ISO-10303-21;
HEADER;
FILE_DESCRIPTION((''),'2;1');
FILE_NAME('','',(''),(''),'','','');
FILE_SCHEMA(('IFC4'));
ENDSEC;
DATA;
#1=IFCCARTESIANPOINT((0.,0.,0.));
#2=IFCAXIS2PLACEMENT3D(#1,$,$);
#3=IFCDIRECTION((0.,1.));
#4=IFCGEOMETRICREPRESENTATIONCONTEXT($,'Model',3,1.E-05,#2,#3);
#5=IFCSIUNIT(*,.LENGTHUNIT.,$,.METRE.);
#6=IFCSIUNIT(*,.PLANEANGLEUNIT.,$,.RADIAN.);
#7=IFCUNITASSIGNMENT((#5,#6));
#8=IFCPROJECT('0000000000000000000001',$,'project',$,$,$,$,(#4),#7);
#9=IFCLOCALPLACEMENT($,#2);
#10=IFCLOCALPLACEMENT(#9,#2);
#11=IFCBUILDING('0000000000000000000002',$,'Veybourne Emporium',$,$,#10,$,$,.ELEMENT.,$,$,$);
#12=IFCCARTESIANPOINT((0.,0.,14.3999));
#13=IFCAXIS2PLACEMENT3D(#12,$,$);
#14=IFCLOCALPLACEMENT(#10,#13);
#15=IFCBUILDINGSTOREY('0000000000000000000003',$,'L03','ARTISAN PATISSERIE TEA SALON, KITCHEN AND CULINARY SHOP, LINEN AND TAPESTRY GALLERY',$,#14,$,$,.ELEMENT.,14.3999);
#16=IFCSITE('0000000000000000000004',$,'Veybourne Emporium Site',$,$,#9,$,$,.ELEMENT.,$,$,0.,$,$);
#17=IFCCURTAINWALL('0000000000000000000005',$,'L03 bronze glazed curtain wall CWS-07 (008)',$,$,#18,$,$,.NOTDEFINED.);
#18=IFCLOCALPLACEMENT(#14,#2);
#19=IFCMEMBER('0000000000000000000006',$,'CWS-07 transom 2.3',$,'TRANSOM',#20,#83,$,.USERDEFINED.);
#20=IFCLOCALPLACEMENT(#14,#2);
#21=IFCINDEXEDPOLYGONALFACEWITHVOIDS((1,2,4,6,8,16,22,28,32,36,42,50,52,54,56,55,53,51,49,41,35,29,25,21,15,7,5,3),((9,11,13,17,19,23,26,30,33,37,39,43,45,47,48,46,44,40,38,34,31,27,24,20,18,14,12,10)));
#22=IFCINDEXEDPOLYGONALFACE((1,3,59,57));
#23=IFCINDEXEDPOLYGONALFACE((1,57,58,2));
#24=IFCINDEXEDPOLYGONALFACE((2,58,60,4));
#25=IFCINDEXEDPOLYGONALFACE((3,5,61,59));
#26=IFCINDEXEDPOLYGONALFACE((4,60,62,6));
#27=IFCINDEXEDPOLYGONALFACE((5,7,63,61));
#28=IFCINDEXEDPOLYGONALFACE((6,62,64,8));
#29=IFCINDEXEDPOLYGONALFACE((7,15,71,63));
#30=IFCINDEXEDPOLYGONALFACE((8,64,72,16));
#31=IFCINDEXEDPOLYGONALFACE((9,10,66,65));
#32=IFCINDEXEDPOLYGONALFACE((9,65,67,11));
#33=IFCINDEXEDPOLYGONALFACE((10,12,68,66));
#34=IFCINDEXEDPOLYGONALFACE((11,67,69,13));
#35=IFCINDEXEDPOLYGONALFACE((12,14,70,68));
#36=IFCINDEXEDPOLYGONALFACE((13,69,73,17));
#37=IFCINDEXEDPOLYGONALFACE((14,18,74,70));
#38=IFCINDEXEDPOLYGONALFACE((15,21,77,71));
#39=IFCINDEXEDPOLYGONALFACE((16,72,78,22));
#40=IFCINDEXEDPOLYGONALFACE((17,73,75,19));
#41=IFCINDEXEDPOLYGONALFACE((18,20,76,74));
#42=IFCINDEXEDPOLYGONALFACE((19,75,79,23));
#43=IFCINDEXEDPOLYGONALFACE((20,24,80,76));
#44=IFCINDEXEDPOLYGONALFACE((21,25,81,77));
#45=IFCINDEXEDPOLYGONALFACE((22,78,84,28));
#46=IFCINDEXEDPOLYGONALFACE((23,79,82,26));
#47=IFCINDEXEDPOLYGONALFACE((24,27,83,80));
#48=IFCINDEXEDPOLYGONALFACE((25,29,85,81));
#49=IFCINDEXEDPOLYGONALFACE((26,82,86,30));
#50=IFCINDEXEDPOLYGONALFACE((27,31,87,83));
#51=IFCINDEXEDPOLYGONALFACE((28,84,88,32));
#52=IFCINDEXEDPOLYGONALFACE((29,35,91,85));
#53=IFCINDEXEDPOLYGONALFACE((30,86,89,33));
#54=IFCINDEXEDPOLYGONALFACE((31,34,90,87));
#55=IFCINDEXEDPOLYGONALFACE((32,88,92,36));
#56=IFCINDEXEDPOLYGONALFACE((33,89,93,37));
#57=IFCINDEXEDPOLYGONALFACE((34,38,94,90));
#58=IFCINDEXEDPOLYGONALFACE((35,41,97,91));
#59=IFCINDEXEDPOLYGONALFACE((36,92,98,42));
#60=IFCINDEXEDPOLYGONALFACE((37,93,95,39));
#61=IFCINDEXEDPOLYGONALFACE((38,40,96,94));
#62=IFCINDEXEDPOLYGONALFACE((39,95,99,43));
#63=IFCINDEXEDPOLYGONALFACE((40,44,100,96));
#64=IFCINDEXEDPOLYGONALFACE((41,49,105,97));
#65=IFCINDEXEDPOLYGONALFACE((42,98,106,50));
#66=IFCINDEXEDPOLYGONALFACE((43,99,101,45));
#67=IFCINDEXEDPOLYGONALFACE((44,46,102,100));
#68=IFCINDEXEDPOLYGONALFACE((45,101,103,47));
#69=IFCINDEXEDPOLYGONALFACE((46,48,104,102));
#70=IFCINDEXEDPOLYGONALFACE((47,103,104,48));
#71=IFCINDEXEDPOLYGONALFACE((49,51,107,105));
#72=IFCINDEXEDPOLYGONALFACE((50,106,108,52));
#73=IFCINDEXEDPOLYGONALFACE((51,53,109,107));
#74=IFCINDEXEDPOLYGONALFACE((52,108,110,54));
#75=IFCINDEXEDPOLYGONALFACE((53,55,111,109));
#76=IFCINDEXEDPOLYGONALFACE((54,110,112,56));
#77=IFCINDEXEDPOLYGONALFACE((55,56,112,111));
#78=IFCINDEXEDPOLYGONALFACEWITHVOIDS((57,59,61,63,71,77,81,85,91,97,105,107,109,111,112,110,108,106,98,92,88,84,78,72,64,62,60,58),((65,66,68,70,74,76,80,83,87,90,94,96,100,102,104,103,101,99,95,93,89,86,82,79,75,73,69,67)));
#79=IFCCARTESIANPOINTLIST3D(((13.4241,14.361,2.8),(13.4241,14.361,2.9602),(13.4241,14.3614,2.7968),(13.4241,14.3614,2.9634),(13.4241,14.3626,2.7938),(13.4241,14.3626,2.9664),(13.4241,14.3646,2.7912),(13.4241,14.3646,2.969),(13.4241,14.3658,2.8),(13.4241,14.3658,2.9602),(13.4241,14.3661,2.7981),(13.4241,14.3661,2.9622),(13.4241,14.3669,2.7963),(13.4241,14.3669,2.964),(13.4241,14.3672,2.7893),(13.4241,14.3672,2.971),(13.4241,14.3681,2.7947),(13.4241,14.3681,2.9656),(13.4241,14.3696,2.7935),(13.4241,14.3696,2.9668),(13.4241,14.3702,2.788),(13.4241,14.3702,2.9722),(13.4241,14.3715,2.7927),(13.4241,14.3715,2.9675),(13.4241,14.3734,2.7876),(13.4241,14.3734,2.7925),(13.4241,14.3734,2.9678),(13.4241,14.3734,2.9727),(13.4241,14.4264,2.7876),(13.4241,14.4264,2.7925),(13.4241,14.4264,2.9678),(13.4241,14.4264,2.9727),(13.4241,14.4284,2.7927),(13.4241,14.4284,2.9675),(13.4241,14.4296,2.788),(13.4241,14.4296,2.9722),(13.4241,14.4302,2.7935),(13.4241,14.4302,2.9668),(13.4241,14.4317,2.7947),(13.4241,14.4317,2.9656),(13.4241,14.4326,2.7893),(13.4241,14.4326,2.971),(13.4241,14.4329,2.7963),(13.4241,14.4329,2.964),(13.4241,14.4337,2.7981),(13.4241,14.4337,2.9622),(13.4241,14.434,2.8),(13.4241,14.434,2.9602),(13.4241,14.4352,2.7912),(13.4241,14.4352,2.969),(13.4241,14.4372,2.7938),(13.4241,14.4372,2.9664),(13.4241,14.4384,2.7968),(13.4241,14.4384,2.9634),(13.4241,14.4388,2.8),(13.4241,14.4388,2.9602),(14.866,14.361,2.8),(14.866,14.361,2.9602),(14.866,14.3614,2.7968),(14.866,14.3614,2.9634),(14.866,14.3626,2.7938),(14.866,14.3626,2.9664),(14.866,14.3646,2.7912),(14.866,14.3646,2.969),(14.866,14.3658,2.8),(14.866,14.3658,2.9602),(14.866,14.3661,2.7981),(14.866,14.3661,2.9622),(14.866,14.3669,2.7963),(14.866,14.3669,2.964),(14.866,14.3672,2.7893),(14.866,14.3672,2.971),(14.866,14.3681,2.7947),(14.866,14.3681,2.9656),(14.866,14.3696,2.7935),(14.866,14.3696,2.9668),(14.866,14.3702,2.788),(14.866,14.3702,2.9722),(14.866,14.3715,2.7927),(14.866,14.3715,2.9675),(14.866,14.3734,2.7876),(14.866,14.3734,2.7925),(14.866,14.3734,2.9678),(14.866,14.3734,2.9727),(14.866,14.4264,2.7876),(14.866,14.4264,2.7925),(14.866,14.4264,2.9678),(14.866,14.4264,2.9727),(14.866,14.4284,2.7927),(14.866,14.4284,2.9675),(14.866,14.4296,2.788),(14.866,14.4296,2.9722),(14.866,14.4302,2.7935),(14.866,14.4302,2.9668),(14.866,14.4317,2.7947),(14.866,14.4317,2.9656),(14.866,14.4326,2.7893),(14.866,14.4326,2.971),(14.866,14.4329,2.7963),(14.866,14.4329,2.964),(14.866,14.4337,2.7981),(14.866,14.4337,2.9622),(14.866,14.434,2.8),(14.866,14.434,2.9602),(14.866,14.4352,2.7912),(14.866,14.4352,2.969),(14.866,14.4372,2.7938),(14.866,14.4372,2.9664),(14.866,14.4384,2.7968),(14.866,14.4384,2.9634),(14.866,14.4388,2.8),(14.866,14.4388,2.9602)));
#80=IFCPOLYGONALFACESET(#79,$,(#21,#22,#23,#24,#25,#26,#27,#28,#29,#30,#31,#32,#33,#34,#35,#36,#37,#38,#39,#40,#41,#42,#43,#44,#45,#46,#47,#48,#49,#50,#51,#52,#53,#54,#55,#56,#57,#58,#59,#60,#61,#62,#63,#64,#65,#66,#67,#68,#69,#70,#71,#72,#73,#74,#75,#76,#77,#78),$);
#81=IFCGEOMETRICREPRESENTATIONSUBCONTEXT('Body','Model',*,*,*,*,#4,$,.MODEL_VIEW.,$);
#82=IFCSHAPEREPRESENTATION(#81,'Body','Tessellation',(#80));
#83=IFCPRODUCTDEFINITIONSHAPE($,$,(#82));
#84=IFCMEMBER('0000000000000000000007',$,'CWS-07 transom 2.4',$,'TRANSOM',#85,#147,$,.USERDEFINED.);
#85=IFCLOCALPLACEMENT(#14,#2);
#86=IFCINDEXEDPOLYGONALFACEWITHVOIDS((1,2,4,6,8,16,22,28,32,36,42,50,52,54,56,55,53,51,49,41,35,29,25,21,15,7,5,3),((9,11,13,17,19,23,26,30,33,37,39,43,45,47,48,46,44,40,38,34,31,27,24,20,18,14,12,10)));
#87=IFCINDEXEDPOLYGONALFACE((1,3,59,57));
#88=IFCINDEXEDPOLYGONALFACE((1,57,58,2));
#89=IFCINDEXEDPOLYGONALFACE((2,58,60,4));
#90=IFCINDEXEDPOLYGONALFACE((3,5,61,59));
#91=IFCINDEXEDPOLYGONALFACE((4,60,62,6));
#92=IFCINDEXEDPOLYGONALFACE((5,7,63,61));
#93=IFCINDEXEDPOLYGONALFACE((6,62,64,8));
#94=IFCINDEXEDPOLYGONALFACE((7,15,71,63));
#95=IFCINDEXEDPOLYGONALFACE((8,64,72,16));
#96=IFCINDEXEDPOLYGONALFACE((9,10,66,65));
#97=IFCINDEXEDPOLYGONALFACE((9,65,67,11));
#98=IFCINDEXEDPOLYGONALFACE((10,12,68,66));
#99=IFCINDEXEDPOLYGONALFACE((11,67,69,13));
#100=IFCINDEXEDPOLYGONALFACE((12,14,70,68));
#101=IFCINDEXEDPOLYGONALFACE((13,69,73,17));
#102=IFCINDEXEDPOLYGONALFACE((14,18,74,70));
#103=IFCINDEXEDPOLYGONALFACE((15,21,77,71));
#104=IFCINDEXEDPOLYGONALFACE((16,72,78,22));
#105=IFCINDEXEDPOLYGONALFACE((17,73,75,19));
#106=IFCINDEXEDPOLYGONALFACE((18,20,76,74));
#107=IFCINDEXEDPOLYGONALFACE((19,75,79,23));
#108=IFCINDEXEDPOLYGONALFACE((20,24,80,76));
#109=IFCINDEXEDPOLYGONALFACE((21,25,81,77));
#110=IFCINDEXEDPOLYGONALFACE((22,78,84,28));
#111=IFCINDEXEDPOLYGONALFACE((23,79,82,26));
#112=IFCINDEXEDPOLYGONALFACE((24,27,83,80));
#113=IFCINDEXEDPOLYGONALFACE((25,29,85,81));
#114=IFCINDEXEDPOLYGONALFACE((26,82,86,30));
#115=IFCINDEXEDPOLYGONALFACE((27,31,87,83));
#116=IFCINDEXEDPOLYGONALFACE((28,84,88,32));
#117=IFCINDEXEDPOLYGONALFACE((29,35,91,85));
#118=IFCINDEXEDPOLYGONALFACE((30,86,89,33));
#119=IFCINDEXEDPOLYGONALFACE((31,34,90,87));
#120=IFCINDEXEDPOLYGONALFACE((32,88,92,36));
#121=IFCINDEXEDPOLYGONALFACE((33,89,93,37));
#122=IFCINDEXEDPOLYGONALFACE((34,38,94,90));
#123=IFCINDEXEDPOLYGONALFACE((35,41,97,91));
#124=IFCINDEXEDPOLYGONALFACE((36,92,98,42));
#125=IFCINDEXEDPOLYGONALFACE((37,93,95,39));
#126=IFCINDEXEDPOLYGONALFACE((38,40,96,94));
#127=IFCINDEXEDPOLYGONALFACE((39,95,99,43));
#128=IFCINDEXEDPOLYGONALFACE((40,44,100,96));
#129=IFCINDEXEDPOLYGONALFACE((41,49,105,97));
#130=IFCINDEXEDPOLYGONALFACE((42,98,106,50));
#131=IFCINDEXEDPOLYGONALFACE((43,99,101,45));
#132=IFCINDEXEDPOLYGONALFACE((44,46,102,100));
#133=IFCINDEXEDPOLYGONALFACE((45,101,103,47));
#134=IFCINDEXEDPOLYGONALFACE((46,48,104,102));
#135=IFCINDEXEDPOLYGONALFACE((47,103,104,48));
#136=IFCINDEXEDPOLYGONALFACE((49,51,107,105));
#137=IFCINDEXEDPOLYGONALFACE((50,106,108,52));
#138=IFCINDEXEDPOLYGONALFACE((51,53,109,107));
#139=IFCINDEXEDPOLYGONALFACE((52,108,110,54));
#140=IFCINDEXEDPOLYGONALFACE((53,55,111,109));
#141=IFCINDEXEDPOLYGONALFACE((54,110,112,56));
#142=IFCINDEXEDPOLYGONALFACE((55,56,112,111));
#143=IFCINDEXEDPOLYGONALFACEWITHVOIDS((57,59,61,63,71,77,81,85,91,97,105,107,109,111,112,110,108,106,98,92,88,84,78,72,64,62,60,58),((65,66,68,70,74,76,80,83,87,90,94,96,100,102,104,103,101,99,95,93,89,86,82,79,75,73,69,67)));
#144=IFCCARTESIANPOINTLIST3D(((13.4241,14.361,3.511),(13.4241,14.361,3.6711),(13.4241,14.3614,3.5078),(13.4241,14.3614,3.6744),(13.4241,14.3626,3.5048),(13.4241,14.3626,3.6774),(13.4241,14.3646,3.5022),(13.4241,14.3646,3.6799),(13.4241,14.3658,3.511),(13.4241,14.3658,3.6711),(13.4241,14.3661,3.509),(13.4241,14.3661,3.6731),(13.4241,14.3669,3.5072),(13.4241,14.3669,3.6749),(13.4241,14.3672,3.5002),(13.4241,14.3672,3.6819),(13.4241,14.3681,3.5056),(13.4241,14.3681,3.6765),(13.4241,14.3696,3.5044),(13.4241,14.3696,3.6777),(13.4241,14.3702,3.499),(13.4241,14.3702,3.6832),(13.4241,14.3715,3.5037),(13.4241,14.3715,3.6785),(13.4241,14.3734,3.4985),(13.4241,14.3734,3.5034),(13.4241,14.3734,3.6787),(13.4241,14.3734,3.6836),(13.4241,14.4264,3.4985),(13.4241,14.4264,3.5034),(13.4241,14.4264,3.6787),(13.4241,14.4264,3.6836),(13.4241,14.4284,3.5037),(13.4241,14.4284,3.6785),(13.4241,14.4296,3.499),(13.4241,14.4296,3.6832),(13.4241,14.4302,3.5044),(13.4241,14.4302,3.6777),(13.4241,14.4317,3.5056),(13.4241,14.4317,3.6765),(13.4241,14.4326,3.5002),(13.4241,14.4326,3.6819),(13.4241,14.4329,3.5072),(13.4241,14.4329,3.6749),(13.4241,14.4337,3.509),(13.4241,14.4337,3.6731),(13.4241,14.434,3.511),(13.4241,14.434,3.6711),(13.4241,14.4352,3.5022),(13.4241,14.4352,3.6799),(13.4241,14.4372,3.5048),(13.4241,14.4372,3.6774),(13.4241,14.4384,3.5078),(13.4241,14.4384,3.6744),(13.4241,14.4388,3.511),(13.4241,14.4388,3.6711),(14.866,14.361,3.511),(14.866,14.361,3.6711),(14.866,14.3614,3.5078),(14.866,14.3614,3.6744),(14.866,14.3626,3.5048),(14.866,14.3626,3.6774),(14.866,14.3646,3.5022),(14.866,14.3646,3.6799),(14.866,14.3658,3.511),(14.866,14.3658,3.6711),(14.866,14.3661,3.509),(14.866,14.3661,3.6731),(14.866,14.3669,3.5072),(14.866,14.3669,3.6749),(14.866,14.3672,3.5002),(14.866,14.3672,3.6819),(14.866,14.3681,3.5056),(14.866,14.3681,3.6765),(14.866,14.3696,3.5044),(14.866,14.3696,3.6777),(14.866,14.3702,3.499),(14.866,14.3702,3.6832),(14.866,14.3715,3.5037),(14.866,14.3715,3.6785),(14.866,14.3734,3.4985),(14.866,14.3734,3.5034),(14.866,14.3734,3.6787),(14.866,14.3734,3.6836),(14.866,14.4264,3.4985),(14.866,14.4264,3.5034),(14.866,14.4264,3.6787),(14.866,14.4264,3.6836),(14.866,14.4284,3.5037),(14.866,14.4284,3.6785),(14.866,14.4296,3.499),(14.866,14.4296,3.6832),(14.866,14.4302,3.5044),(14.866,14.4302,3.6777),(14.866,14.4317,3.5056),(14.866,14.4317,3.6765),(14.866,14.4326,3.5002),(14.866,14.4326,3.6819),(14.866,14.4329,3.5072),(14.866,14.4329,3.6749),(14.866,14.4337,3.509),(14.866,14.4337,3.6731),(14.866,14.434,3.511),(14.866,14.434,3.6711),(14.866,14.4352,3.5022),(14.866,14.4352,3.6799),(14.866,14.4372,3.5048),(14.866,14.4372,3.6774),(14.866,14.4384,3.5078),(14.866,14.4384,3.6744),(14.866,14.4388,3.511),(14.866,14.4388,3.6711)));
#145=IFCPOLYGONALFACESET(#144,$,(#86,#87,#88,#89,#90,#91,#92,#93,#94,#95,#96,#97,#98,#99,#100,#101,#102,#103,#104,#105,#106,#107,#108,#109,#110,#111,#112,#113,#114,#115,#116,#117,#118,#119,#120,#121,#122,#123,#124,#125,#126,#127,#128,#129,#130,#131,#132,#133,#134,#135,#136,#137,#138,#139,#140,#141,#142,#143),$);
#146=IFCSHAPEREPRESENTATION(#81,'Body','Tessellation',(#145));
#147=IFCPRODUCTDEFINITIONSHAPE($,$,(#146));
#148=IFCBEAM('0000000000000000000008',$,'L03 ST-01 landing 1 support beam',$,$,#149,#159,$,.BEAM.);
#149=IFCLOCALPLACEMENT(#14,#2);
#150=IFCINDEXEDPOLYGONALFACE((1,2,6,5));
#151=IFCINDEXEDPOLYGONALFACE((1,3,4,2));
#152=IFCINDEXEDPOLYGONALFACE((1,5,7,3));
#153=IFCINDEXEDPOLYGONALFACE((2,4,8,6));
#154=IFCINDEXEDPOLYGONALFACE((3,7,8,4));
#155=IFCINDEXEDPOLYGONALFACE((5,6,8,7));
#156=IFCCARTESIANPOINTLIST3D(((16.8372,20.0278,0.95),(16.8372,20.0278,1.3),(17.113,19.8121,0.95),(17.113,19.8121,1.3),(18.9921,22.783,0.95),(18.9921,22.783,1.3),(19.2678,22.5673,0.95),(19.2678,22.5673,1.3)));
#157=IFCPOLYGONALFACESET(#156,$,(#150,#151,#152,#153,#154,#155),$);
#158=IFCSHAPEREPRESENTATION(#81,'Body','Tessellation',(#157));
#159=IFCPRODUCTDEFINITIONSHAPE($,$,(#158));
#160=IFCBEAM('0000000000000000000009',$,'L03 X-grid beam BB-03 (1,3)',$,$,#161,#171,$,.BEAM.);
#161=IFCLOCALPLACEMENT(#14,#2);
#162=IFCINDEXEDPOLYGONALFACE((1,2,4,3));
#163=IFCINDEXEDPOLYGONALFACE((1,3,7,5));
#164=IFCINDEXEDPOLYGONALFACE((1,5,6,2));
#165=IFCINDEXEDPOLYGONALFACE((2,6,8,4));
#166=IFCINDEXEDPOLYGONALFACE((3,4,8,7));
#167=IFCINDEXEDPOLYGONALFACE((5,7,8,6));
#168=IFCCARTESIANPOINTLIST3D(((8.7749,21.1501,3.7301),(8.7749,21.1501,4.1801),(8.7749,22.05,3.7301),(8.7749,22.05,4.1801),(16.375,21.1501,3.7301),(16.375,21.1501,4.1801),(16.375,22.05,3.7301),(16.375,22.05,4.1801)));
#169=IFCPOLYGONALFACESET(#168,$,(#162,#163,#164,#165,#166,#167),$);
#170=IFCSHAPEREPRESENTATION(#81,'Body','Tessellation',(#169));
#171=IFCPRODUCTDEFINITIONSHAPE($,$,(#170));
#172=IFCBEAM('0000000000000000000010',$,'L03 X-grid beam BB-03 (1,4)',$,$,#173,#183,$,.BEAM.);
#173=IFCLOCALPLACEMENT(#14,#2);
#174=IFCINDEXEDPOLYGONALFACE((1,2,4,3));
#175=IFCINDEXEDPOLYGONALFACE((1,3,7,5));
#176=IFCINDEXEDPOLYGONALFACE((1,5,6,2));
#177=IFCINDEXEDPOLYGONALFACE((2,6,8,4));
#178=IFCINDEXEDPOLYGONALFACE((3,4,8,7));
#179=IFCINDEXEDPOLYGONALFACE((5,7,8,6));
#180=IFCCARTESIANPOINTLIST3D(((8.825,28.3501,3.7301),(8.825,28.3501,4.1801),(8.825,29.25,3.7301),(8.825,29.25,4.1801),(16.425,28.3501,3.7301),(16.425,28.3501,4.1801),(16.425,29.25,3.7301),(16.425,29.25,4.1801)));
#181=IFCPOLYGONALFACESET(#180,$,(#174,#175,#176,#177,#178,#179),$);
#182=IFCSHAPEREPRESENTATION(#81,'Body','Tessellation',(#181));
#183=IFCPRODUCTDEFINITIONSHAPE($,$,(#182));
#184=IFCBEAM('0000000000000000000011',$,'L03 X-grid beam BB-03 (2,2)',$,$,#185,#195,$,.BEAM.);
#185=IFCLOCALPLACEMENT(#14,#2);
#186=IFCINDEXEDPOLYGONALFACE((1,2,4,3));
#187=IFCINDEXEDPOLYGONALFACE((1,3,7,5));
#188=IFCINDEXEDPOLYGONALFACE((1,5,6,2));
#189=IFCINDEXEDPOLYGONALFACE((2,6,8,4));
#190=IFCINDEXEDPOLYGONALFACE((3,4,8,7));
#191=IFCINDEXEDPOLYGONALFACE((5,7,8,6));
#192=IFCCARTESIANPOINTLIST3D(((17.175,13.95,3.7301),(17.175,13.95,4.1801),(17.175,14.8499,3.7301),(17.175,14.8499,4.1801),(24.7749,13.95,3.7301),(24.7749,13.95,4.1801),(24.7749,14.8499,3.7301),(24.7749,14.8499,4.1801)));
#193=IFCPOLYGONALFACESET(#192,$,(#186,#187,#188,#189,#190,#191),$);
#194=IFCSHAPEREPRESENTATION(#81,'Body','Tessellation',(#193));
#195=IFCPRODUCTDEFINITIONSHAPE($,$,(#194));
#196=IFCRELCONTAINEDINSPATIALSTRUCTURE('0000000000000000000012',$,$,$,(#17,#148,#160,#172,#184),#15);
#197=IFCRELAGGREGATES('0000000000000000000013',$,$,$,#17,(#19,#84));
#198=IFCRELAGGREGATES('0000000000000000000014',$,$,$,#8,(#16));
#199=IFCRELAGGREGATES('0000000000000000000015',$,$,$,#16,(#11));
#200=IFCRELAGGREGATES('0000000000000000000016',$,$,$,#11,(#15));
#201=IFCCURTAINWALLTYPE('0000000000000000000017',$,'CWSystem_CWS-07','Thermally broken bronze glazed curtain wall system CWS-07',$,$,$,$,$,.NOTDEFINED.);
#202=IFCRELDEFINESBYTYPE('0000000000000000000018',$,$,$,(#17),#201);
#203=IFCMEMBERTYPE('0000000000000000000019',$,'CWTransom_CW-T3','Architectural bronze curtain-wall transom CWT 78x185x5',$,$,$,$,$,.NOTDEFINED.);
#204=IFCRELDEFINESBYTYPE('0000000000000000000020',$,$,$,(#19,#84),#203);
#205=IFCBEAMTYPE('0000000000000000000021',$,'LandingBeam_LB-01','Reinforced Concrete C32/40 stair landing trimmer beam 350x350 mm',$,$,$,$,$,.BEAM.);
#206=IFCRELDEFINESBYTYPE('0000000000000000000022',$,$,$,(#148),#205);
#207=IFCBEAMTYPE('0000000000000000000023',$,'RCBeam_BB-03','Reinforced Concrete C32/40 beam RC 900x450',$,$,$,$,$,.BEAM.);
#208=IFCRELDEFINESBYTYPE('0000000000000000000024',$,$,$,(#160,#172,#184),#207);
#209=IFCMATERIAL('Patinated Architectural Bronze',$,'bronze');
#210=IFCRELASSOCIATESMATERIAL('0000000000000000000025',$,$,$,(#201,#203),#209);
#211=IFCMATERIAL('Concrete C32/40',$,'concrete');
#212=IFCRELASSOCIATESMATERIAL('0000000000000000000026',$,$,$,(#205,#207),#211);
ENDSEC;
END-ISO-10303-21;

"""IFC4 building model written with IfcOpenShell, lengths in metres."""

from ifc_helpers import new_model, si_unit, direction, frame, origin, origin_2d, place, context, subcontext, project, spatial, rectangle, hollow_rectangle, extrude, material, material_profile, profile_set, type_object, element, aggregate, save


model = new_model("IFC4")

# Units and contexts
model_context = context("Model", 3, precision=1e-05, world=origin(), true_north=direction((0.0, 1.0)))
body_context = subcontext(model_context, "Body", "Model", "MODEL_VIEW")
ifc_project = project(units=[si_unit("LENGTHUNIT", "METRE"), si_unit("PLANEANGLEUNIT", "RADIAN")], contexts=[model_context])

# Site, building, storey
site_placement = place(None, origin())
site = spatial("IfcSite", under=ifc_project, at=site_placement, Name="Veybourne Emporium Site", CompositionType="ELEMENT", RefElevation=0.0)
building_placement = place(site_placement, origin())
building = spatial("IfcBuilding", under=site, at=building_placement, Name="Veybourne Emporium", CompositionType="ELEMENT")
storey_placement = place(building_placement, frame((0.0, 0.0, 14.3999)))
storey = spatial("IfcBuildingStorey", under=building, at=storey_placement, Name="L03", Description="ARTISAN PATISSERIE TEA SALON, KITCHEN AND CULINARY SHOP, LINEN AND TAPESTRY GALLERY", CompositionType="ELEMENT", Elevation=14.3999)

# Curtain wall, members
ifc_material_1 = material(Name="Patinated Architectural Bronze", Category="bronze")
curtain_wall_type = type_object("IfcCurtainWallType", Name="CWSystem_CWS-07", Description="Thermally broken bronze glazed curtain wall system CWS-07", PredefinedType="NOTDEFINED", material=ifc_material_1)
curtain_wall_placement = place(storey_placement, origin())
curtain_wall = element("IfcCurtainWall", 1, at=curtain_wall_placement, inside=storey, type_object=curtain_wall_type, Name="L03 bronze glazed curtain wall CWS-07 (008)", PredefinedType="NOTDEFINED")
ifc_material_profile_1 = material_profile(ifc_material_1, hollow_rectangle(XDim=0.0779, YDim=0.1851, WallThickness=0.0049, InnerFilletRadius=0.0076, OuterFilletRadius=0.0125, at=origin_2d()), Name="CWT 78x185x5")
ifc_profile_set_1 = profile_set([ifc_material_profile_1], Name="Patinated Architectural Bronze")
member_type_1 = type_object("IfcMemberType", Name="CWTransom_CW-T3", Description="Architectural bronze curtain-wall transom CWT 78x185x5", PredefinedType="NOTDEFINED", material=ifc_profile_set_1)
member_1_placement = place(storey_placement, frame((14.866, 14.3999, 2.8801), z_axis=(-1.0, 0.0, 0.0), x_axis=(0.0, -1.0, 0.0)))
member_1 = element("IfcMember", 2, at=member_1_placement, type_object=member_type_1, Name="CWS-07 transom 2.3", ObjectType="TRANSOM", PredefinedType="USERDEFINED", context=body_context, shape_type="SweptSolid", body=[
    extrude(hollow_rectangle(XDim=0.0779, YDim=0.1851, WallThickness=0.0049, InnerFilletRadius=0.0076, OuterFilletRadius=0.0125, at=origin_2d()), origin(), (0.0, 0.0, 1.0), 1.4419),
])
member_2_placement = place(storey_placement, frame((14.866, 14.3999, 3.5911), z_axis=(-1.0, 0.0, 0.0), x_axis=(0.0, -1.0, 0.0)))
member_2 = element("IfcMember", 3, at=member_2_placement, type_object=member_type_1, Name="CWS-07 transom 2.4", ObjectType="TRANSOM", PredefinedType="USERDEFINED", context=body_context, shape_type="SweptSolid", body=[
    extrude(hollow_rectangle(XDim=0.0779, YDim=0.1851, WallThickness=0.0049, InnerFilletRadius=0.0076, OuterFilletRadius=0.0125, at=origin_2d()), origin(), (0.0, 0.0, 1.0), 1.4419),
])

# Beams
ifc_material_2 = material(Name="Concrete C32/40", Category="concrete")
ifc_material_profile_2 = material_profile(ifc_material_2, rectangle(XDim=0.3501, YDim=0.3501, at=origin_2d()), Name="RC 350x350")
ifc_profile_set_2 = profile_set([ifc_material_profile_2], Name="Concrete C32/40")
beam_type_1 = type_object("IfcBeamType", Name="LandingBeam_LB-01", Description="Reinforced Concrete C32/40 stair landing trimmer beam 350x350 mm", PredefinedType="BEAM", material=ifc_profile_set_2)
beam_1_placement = place(storey_placement, frame((16.9751, 19.9199, 1.125), z_axis=(0.61606, 0.787699, 0.0), x_axis=(-0.787699, 0.61606, 0.0)))
element("IfcBeam", 4, at=beam_1_placement, inside=storey, type_object=beam_type_1, Name="L03 ST-01 landing 1 support beam", PredefinedType="BEAM", context=body_context, shape_type="SweptSolid", body=[
    extrude(rectangle(XDim=0.3501, YDim=0.3501, at=origin_2d()), origin(), (0.0, 0.0, 1.0), 3.4978),
])
ifc_material_profile_3 = material_profile(ifc_material_2, rectangle(XDim=0.8999, YDim=0.45, at=origin_2d()), Name="RC 900x450")
ifc_profile_set_3 = profile_set([ifc_material_profile_3], Name="Concrete C32/40")
beam_type_2 = type_object("IfcBeamType", Name="RCBeam_BB-03", Description="Reinforced Concrete C32/40 beam RC 900x450", PredefinedType="BEAM", material=ifc_profile_set_3)
for number, where, z_axis, x_axis, name in (
    (5, (8.7749, 21.6001, 3.9551), (1.0, 0.0, 0.0), (0.0, 1.0, 0.0), "L03 X-grid beam BB-03 (1,3)"),
    (6, (8.825, 28.8, 3.9551), (1.0, 0.0, 0.0), (0.0, 1.0, 0.0), "L03 X-grid beam BB-03 (1,4)"),
):
    element("IfcBeam", number, at=place(storey_placement, frame(where, z_axis=z_axis, x_axis=x_axis)), inside=storey, type_object=beam_type_2, Name=name, PredefinedType="BEAM", context=body_context, shape_type="SweptSolid", body=[
        extrude(rectangle(XDim=0.8999, YDim=0.45, at=origin_2d()), origin(), (0.0, 0.0, 1.0), 7.6001),
    ])
beam_2_placement = place(storey_placement, frame((17.175, 14.3999, 3.9551), z_axis=(1.0, 0.0, 0.0), x_axis=(0.0, 1.0, 0.0)))
element("IfcBeam", 7, at=beam_2_placement, inside=storey, type_object=beam_type_2, Name="L03 X-grid beam BB-03 (2,2)", PredefinedType="BEAM", context=body_context, shape_type="SweptSolid", body=[
    extrude(rectangle(XDim=0.8999, YDim=0.45, at=origin_2d()), origin(), (0.0, 0.0, 1.0), 7.5999),
])

aggregate(curtain_wall, [member_1, member_2])

save(model, "model.ifc")
